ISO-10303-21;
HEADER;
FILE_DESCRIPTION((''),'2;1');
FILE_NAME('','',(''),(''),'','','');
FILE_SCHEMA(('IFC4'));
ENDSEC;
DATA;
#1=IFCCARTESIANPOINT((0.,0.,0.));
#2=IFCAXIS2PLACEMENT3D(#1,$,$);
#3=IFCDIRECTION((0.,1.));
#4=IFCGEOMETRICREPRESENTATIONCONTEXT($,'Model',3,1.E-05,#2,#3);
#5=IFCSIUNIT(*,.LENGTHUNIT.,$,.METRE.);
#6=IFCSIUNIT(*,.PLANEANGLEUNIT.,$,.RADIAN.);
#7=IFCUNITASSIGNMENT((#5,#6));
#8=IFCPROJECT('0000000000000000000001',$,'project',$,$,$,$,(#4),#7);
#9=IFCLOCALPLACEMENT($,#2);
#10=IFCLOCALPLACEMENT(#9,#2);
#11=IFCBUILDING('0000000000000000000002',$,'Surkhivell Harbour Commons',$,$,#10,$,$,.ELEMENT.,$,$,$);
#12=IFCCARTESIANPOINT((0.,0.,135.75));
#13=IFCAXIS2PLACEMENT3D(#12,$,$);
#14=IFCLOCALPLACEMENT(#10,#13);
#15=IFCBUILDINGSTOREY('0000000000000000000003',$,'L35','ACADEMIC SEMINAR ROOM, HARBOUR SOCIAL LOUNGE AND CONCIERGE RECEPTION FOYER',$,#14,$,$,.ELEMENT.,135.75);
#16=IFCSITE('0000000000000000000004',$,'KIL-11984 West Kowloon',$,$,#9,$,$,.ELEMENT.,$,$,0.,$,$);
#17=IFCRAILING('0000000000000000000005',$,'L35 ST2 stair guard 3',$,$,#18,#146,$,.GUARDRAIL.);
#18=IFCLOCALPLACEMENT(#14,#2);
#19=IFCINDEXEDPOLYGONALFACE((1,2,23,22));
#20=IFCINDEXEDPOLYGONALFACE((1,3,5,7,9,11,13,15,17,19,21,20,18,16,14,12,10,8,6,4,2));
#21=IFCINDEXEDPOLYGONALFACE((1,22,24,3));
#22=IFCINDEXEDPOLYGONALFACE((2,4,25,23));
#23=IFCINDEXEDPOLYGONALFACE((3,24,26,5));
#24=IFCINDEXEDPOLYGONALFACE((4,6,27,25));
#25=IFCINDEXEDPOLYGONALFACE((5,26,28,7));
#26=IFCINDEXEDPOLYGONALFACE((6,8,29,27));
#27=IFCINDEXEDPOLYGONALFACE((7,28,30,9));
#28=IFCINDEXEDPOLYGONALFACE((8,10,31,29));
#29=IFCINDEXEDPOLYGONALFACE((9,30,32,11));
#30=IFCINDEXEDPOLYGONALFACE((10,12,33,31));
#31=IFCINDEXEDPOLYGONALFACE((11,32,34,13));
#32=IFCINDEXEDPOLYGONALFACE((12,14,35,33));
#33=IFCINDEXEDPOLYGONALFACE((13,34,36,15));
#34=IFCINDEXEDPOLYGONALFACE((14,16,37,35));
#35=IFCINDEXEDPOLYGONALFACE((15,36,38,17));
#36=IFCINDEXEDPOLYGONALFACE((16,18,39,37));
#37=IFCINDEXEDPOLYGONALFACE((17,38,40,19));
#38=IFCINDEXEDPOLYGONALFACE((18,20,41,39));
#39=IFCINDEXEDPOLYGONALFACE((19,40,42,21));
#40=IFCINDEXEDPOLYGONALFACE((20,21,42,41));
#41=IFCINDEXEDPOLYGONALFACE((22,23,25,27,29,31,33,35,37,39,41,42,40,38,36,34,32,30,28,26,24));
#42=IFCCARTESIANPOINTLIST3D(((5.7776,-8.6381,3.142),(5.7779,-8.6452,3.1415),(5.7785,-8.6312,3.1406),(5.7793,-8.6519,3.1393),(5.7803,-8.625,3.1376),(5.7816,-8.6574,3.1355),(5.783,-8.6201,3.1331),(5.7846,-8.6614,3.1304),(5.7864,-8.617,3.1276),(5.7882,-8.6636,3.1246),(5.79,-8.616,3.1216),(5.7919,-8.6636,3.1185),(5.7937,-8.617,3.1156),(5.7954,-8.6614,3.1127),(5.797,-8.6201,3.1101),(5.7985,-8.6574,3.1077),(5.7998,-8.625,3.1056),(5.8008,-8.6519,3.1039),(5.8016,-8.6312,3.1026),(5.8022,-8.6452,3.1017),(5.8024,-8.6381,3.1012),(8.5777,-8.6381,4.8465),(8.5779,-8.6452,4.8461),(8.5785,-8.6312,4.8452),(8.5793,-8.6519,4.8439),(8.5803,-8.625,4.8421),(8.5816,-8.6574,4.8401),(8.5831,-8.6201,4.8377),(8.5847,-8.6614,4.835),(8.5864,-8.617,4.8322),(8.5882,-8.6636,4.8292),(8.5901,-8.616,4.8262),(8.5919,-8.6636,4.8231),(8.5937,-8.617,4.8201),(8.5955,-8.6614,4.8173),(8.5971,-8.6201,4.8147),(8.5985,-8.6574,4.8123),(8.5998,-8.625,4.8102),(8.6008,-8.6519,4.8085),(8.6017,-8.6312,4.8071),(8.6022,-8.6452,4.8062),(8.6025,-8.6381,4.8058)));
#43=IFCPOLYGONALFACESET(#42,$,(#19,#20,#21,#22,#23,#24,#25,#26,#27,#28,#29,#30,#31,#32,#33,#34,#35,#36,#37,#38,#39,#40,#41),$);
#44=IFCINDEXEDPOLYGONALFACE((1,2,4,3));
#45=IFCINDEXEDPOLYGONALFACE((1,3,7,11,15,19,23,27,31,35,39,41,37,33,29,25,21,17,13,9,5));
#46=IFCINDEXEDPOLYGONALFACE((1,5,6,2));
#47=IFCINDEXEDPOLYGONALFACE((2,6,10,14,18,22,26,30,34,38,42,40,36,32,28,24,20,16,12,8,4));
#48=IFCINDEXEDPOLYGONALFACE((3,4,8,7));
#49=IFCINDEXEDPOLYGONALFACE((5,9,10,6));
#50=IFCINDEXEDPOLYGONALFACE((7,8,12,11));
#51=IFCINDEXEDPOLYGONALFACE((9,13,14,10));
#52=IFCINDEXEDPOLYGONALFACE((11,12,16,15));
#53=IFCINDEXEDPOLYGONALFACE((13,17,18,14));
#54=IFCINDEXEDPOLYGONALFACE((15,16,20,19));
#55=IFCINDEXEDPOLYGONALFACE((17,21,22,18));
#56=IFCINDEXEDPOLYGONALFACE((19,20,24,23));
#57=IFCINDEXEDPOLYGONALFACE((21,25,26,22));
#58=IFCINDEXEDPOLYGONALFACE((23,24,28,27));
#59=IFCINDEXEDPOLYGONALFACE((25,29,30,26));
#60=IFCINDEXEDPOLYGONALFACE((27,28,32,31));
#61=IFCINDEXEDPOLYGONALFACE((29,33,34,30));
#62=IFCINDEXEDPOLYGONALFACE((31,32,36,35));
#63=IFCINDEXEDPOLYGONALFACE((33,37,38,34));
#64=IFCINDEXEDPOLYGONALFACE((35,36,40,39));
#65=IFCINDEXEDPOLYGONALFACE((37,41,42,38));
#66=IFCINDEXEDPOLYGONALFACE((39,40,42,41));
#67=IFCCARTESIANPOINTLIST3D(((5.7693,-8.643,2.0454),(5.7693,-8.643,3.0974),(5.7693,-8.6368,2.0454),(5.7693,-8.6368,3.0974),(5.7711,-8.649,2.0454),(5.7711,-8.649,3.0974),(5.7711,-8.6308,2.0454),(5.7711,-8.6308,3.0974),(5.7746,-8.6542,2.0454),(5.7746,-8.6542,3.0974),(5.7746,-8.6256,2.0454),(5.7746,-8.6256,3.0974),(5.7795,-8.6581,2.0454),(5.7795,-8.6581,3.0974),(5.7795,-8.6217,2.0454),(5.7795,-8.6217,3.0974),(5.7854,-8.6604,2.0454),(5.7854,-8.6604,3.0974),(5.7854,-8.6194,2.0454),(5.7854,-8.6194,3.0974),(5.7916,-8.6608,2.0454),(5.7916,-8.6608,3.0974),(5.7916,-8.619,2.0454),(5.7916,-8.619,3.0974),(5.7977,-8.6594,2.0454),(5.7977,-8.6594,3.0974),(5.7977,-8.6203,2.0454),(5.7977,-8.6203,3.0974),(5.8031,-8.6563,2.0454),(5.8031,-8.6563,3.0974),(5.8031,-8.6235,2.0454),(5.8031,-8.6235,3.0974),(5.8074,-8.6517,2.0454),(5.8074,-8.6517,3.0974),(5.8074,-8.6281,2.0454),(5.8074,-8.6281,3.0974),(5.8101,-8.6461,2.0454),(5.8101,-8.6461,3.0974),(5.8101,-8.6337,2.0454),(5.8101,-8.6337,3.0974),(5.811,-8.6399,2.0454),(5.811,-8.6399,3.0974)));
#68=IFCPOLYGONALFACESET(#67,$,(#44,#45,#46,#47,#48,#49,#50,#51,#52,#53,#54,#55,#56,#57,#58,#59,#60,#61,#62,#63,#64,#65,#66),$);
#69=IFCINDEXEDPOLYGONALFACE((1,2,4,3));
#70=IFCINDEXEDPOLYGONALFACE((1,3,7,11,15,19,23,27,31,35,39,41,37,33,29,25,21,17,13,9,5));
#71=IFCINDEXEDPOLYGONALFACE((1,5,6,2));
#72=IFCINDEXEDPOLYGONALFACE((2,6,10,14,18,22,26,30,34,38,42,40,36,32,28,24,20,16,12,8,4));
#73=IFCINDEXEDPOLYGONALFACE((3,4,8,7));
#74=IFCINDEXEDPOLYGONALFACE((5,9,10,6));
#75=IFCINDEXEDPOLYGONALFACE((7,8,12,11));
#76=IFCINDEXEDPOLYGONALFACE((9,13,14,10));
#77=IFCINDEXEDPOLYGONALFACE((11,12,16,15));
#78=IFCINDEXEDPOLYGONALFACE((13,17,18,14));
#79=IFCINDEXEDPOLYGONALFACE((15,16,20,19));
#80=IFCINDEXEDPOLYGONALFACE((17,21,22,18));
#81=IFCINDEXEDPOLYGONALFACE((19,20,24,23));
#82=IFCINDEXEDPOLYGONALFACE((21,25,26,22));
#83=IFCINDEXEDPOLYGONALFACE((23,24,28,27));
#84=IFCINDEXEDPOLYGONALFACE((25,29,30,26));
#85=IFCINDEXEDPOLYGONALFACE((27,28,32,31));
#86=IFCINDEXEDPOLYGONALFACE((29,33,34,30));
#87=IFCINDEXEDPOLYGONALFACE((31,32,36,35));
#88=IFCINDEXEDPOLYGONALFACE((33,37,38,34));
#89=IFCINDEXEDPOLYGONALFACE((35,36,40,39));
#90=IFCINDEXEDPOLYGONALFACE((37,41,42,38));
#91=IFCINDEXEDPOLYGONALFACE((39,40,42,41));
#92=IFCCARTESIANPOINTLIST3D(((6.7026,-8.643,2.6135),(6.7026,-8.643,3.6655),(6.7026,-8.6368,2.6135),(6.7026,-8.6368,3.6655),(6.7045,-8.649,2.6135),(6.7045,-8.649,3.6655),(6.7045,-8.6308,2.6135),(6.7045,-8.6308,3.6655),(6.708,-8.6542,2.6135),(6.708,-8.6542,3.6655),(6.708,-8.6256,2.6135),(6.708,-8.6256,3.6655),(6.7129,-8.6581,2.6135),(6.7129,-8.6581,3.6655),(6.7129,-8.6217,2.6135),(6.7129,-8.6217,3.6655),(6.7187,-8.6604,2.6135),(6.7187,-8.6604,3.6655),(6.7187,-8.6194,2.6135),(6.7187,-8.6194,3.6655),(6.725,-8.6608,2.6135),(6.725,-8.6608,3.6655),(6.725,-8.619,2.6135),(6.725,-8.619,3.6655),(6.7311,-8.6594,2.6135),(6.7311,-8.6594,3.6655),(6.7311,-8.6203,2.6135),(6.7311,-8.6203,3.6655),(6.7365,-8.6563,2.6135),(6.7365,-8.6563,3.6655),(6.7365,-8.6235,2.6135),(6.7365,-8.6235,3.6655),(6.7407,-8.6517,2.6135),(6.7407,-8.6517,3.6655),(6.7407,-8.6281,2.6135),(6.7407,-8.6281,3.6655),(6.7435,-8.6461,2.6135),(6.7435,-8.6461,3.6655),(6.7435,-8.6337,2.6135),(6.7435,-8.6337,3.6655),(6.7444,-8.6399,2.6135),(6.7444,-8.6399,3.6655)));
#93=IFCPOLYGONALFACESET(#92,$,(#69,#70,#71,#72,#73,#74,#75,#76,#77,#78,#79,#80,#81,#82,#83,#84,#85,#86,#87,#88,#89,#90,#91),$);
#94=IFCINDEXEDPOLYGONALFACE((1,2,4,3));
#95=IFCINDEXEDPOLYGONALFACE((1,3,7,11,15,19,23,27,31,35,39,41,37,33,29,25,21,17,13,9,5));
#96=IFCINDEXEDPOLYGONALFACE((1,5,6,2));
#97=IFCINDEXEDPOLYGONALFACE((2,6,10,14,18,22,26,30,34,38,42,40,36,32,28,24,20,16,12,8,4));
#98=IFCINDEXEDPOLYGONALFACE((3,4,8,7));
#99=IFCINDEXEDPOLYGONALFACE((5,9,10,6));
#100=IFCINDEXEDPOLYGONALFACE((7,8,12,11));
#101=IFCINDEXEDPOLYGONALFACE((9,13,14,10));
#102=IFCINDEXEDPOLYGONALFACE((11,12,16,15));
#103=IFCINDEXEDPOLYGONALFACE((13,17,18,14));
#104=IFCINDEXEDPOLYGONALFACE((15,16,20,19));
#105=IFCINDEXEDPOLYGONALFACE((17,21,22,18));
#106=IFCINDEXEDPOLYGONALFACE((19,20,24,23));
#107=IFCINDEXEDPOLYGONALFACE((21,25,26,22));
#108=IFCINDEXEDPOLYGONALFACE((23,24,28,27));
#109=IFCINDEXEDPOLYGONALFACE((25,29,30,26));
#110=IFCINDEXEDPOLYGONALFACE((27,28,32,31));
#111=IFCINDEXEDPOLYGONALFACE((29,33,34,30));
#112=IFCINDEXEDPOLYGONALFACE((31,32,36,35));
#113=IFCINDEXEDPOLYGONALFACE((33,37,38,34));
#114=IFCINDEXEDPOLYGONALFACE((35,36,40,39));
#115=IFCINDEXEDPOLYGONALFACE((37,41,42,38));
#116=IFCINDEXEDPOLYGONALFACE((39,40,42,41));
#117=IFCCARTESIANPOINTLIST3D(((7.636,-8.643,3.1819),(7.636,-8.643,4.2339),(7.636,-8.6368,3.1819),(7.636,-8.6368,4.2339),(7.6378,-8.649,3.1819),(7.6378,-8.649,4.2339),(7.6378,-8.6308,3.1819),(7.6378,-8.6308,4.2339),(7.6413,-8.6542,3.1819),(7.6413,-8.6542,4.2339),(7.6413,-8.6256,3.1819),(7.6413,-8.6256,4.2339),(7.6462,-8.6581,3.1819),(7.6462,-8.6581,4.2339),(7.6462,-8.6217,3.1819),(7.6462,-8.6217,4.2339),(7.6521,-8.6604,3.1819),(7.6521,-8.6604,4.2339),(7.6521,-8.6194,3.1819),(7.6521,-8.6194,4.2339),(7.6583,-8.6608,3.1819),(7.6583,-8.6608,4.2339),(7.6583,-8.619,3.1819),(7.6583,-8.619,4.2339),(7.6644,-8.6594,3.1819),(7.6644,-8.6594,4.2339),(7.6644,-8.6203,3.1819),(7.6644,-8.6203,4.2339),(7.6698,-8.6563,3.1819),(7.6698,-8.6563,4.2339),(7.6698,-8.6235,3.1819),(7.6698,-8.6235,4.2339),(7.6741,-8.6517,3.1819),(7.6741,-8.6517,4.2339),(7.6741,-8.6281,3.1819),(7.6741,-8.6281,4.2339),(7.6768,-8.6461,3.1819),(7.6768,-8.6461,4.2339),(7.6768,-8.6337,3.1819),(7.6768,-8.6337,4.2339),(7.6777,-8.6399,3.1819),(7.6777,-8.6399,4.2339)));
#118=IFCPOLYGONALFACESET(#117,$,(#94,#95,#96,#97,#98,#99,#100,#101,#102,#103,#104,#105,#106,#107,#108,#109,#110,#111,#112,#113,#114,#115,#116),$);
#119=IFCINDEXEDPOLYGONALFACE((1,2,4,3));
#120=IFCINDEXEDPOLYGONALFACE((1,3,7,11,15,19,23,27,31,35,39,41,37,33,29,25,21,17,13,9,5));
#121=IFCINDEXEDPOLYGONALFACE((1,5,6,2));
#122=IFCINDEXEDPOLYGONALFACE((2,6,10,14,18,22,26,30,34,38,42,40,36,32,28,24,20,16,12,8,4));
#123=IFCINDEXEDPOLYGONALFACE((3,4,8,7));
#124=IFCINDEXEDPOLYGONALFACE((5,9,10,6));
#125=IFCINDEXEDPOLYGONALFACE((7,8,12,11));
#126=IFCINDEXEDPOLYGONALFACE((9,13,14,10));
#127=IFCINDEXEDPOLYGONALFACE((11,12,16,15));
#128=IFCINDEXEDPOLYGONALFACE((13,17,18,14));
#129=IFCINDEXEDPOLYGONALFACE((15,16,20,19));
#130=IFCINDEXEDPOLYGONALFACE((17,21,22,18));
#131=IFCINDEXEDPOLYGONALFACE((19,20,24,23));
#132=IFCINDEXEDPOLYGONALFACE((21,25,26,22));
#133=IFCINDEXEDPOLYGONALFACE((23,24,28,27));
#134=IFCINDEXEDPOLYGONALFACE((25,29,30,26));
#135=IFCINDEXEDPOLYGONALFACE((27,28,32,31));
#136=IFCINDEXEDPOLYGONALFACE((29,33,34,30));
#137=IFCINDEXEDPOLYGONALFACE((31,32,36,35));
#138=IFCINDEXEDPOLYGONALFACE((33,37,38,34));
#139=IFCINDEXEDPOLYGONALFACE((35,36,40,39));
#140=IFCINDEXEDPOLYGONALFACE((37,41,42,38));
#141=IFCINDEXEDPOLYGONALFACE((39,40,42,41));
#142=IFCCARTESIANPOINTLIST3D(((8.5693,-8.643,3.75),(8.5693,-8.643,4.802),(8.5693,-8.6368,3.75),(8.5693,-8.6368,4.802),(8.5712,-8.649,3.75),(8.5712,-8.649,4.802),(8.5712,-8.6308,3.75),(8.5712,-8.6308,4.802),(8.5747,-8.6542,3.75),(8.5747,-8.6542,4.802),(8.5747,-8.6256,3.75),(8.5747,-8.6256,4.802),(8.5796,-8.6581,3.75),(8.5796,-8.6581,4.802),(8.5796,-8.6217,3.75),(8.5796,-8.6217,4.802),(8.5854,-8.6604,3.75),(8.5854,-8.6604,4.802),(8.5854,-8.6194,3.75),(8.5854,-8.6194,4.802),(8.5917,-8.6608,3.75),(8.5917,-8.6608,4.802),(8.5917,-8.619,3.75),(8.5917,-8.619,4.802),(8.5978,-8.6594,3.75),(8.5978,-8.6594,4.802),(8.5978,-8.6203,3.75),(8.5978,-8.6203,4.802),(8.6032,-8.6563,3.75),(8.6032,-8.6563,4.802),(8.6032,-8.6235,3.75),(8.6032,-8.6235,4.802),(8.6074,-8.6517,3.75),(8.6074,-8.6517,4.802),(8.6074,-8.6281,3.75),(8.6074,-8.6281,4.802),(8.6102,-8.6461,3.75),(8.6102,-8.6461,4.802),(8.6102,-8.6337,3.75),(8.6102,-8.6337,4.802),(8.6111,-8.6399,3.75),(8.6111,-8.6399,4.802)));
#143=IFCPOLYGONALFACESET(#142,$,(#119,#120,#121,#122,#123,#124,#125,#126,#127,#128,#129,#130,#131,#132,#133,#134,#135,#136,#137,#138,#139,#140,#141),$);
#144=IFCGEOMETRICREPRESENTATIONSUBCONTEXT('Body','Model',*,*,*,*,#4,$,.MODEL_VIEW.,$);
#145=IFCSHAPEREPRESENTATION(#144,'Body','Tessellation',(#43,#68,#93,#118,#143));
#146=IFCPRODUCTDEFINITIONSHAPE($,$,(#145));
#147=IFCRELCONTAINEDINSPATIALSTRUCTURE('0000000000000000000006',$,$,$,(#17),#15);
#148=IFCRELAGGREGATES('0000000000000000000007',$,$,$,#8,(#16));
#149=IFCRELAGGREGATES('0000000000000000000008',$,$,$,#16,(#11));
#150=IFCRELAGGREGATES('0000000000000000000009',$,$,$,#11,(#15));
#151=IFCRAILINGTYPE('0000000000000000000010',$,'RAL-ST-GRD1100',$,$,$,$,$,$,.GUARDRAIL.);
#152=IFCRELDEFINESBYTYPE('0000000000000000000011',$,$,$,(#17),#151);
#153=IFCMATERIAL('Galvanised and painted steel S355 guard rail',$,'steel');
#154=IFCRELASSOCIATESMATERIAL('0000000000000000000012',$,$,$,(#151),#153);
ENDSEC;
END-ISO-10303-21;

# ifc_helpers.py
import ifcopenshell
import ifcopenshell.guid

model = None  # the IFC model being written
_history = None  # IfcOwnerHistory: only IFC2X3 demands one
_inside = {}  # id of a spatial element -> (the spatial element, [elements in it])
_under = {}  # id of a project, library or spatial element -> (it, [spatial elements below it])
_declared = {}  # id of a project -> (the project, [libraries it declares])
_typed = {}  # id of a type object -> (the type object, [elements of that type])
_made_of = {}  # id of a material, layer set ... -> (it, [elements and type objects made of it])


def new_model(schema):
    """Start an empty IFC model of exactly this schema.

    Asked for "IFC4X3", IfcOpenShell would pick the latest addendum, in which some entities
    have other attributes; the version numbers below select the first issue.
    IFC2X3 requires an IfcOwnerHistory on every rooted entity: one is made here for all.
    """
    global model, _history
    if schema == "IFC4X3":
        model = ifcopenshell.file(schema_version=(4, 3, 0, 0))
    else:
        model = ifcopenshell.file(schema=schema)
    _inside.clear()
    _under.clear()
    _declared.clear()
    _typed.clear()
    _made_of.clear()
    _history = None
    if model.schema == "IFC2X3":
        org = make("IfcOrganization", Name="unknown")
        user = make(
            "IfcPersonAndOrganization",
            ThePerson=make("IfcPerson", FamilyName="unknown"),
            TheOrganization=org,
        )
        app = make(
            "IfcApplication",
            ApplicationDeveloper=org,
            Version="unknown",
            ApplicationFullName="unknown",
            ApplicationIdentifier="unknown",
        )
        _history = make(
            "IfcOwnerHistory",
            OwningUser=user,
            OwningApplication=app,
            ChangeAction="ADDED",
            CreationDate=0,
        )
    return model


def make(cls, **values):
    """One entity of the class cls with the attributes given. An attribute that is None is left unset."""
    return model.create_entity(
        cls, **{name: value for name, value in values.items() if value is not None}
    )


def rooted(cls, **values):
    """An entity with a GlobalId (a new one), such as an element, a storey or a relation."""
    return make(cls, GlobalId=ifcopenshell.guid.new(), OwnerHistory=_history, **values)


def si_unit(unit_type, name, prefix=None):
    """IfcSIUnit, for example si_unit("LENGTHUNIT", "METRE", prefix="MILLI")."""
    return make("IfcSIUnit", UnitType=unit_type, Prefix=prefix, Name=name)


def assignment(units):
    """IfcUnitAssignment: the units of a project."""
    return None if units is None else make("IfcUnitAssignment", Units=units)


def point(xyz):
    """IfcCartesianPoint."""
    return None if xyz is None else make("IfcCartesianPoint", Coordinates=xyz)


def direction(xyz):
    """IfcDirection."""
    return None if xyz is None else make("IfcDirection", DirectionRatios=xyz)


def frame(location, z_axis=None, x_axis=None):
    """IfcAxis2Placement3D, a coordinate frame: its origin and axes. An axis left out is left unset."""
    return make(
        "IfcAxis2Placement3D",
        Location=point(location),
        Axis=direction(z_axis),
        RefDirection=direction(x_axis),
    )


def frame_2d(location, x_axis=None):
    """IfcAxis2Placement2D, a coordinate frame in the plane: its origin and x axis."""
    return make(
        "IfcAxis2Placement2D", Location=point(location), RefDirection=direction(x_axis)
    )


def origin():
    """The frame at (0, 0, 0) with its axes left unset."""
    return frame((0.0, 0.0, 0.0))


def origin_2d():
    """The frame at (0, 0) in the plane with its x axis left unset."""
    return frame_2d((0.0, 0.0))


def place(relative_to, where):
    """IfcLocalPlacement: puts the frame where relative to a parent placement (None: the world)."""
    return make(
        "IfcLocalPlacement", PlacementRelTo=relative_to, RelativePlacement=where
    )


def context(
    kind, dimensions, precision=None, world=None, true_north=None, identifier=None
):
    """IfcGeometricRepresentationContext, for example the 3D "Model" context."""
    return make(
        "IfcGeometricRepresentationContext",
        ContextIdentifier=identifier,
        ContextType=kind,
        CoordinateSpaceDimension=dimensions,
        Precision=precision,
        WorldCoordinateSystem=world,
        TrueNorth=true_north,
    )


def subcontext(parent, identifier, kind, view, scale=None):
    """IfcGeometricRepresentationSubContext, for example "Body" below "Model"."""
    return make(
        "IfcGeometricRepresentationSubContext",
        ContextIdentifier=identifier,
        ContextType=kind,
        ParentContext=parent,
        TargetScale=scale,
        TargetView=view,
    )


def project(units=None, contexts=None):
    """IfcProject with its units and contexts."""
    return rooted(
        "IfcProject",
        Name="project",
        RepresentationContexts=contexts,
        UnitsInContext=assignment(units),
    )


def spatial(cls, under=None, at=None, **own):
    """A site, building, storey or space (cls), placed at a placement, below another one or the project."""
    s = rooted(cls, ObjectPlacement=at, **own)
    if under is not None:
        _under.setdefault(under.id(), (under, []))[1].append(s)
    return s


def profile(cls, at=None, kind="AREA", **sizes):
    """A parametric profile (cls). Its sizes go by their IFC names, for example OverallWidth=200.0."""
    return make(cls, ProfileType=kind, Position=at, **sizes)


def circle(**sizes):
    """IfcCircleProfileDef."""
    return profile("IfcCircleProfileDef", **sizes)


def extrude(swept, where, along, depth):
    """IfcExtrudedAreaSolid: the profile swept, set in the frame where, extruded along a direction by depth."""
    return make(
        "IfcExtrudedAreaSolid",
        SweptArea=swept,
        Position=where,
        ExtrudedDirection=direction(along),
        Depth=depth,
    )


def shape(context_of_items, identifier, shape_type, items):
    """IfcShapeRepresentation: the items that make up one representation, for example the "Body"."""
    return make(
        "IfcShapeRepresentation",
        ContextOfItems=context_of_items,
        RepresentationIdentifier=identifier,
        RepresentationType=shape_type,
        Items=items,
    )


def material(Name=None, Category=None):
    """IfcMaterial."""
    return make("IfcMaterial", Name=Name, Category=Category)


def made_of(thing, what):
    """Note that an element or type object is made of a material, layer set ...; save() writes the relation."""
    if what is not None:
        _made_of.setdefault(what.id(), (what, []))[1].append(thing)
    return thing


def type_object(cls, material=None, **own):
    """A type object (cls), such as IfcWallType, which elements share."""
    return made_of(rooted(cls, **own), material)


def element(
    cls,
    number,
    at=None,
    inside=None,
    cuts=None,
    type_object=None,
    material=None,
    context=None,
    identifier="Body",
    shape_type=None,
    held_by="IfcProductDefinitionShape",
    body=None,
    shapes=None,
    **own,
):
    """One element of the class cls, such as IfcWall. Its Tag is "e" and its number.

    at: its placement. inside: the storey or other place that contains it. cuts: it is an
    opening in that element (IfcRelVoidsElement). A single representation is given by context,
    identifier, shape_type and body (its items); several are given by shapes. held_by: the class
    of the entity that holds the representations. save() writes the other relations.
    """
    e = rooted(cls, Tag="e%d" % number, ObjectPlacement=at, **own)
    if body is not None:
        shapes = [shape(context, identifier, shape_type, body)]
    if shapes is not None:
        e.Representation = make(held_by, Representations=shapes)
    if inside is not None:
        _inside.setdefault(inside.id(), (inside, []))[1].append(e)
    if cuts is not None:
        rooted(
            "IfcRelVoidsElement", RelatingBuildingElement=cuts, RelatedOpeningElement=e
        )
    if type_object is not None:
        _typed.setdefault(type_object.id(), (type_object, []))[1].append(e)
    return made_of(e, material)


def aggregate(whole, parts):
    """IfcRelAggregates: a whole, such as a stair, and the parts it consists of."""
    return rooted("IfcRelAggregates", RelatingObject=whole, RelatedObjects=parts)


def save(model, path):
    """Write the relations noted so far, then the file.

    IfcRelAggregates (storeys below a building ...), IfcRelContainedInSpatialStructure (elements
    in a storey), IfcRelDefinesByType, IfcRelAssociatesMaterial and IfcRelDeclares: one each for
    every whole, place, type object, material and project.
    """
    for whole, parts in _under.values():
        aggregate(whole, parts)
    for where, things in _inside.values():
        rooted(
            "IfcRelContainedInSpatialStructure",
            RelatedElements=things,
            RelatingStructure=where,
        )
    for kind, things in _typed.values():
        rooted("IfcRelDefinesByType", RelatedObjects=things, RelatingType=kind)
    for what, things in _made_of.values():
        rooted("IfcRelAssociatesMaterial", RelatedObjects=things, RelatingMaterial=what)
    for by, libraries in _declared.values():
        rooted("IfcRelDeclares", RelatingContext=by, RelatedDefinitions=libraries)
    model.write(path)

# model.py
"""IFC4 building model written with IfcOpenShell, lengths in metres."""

from ifc_helpers import new_model, si_unit, direction, frame, origin, origin_2d, place, context, subcontext, project, spatial, circle, extrude, material, type_object, element, save


model = new_model("IFC4")

# Units and contexts
model_context = context("Model", 3, precision=1e-05, world=origin(), true_north=direction((0.0, 1.0)))
body_context = subcontext(model_context, "Body", "Model", "MODEL_VIEW")
ifc_project = project(units=[si_unit("LENGTHUNIT", "METRE"), si_unit("PLANEANGLEUNIT", "RADIAN")], contexts=[model_context])

# Site, building, storey
site_placement = place(None, origin())
site = spatial("IfcSite", under=ifc_project, at=site_placement, Name="KIL-11984 West Kowloon", CompositionType="ELEMENT", RefElevation=0.0)
building_placement = place(site_placement, origin())
building = spatial("IfcBuilding", under=site, at=building_placement, Name="Surkhivell Harbour Commons", CompositionType="ELEMENT")
storey_placement = place(building_placement, frame((0.0, 0.0, 135.75)))
storey = spatial("IfcBuildingStorey", under=building, at=storey_placement, Name="L35", Description="ACADEMIC SEMINAR ROOM, HARBOUR SOCIAL LOUNGE AND CONCIERGE RECEPTION FOYER", CompositionType="ELEMENT", Elevation=135.75)

# Railing
ifc_material_1 = material(Name="Galvanised and painted steel S355 guard rail", Category="steel")
railing_type_1 = type_object("IfcRailingType", Name="RAL-ST-GRD1100", PredefinedType="GUARDRAIL", material=ifc_material_1)
railing_1_placement = place(storey_placement, frame((5.79, -8.6399, 2.0454)))
element("IfcRailing", 1, at=railing_1_placement, inside=storey, type_object=railing_type_1, Name="L35 ST2 stair guard 3", PredefinedType="GUARDRAIL", context=body_context, shape_type="SweptSolid", body=[
    extrude(circle(Radius=0.0239, at=origin_2d()), frame((0.0, 0.0, 1.0762), z_axis=(0.85417, 0.0, 0.519994), x_axis=(0.0, 1.0, 0.0)), (0.0, 0.0, 1.0), 3.2781),
    extrude(circle(Radius=0.021, at=origin_2d()), origin(), (0.0, 0.0, 1.0), 1.052),
    extrude(circle(Radius=0.021, at=origin_2d()), frame((0.9333, 0.0, 0.5681)), (0.0, 0.0, 1.0), 1.052),
    extrude(circle(Radius=0.021, at=origin_2d()), frame((1.8667, 0.0, 1.1365)), (0.0, 0.0, 1.0), 1.052),
    extrude(circle(Radius=0.021, at=origin_2d()), frame((2.8, 0.0, 1.7046)), (0.0, 0.0, 1.0), 1.052),
])

save(model, "model.ifc")
